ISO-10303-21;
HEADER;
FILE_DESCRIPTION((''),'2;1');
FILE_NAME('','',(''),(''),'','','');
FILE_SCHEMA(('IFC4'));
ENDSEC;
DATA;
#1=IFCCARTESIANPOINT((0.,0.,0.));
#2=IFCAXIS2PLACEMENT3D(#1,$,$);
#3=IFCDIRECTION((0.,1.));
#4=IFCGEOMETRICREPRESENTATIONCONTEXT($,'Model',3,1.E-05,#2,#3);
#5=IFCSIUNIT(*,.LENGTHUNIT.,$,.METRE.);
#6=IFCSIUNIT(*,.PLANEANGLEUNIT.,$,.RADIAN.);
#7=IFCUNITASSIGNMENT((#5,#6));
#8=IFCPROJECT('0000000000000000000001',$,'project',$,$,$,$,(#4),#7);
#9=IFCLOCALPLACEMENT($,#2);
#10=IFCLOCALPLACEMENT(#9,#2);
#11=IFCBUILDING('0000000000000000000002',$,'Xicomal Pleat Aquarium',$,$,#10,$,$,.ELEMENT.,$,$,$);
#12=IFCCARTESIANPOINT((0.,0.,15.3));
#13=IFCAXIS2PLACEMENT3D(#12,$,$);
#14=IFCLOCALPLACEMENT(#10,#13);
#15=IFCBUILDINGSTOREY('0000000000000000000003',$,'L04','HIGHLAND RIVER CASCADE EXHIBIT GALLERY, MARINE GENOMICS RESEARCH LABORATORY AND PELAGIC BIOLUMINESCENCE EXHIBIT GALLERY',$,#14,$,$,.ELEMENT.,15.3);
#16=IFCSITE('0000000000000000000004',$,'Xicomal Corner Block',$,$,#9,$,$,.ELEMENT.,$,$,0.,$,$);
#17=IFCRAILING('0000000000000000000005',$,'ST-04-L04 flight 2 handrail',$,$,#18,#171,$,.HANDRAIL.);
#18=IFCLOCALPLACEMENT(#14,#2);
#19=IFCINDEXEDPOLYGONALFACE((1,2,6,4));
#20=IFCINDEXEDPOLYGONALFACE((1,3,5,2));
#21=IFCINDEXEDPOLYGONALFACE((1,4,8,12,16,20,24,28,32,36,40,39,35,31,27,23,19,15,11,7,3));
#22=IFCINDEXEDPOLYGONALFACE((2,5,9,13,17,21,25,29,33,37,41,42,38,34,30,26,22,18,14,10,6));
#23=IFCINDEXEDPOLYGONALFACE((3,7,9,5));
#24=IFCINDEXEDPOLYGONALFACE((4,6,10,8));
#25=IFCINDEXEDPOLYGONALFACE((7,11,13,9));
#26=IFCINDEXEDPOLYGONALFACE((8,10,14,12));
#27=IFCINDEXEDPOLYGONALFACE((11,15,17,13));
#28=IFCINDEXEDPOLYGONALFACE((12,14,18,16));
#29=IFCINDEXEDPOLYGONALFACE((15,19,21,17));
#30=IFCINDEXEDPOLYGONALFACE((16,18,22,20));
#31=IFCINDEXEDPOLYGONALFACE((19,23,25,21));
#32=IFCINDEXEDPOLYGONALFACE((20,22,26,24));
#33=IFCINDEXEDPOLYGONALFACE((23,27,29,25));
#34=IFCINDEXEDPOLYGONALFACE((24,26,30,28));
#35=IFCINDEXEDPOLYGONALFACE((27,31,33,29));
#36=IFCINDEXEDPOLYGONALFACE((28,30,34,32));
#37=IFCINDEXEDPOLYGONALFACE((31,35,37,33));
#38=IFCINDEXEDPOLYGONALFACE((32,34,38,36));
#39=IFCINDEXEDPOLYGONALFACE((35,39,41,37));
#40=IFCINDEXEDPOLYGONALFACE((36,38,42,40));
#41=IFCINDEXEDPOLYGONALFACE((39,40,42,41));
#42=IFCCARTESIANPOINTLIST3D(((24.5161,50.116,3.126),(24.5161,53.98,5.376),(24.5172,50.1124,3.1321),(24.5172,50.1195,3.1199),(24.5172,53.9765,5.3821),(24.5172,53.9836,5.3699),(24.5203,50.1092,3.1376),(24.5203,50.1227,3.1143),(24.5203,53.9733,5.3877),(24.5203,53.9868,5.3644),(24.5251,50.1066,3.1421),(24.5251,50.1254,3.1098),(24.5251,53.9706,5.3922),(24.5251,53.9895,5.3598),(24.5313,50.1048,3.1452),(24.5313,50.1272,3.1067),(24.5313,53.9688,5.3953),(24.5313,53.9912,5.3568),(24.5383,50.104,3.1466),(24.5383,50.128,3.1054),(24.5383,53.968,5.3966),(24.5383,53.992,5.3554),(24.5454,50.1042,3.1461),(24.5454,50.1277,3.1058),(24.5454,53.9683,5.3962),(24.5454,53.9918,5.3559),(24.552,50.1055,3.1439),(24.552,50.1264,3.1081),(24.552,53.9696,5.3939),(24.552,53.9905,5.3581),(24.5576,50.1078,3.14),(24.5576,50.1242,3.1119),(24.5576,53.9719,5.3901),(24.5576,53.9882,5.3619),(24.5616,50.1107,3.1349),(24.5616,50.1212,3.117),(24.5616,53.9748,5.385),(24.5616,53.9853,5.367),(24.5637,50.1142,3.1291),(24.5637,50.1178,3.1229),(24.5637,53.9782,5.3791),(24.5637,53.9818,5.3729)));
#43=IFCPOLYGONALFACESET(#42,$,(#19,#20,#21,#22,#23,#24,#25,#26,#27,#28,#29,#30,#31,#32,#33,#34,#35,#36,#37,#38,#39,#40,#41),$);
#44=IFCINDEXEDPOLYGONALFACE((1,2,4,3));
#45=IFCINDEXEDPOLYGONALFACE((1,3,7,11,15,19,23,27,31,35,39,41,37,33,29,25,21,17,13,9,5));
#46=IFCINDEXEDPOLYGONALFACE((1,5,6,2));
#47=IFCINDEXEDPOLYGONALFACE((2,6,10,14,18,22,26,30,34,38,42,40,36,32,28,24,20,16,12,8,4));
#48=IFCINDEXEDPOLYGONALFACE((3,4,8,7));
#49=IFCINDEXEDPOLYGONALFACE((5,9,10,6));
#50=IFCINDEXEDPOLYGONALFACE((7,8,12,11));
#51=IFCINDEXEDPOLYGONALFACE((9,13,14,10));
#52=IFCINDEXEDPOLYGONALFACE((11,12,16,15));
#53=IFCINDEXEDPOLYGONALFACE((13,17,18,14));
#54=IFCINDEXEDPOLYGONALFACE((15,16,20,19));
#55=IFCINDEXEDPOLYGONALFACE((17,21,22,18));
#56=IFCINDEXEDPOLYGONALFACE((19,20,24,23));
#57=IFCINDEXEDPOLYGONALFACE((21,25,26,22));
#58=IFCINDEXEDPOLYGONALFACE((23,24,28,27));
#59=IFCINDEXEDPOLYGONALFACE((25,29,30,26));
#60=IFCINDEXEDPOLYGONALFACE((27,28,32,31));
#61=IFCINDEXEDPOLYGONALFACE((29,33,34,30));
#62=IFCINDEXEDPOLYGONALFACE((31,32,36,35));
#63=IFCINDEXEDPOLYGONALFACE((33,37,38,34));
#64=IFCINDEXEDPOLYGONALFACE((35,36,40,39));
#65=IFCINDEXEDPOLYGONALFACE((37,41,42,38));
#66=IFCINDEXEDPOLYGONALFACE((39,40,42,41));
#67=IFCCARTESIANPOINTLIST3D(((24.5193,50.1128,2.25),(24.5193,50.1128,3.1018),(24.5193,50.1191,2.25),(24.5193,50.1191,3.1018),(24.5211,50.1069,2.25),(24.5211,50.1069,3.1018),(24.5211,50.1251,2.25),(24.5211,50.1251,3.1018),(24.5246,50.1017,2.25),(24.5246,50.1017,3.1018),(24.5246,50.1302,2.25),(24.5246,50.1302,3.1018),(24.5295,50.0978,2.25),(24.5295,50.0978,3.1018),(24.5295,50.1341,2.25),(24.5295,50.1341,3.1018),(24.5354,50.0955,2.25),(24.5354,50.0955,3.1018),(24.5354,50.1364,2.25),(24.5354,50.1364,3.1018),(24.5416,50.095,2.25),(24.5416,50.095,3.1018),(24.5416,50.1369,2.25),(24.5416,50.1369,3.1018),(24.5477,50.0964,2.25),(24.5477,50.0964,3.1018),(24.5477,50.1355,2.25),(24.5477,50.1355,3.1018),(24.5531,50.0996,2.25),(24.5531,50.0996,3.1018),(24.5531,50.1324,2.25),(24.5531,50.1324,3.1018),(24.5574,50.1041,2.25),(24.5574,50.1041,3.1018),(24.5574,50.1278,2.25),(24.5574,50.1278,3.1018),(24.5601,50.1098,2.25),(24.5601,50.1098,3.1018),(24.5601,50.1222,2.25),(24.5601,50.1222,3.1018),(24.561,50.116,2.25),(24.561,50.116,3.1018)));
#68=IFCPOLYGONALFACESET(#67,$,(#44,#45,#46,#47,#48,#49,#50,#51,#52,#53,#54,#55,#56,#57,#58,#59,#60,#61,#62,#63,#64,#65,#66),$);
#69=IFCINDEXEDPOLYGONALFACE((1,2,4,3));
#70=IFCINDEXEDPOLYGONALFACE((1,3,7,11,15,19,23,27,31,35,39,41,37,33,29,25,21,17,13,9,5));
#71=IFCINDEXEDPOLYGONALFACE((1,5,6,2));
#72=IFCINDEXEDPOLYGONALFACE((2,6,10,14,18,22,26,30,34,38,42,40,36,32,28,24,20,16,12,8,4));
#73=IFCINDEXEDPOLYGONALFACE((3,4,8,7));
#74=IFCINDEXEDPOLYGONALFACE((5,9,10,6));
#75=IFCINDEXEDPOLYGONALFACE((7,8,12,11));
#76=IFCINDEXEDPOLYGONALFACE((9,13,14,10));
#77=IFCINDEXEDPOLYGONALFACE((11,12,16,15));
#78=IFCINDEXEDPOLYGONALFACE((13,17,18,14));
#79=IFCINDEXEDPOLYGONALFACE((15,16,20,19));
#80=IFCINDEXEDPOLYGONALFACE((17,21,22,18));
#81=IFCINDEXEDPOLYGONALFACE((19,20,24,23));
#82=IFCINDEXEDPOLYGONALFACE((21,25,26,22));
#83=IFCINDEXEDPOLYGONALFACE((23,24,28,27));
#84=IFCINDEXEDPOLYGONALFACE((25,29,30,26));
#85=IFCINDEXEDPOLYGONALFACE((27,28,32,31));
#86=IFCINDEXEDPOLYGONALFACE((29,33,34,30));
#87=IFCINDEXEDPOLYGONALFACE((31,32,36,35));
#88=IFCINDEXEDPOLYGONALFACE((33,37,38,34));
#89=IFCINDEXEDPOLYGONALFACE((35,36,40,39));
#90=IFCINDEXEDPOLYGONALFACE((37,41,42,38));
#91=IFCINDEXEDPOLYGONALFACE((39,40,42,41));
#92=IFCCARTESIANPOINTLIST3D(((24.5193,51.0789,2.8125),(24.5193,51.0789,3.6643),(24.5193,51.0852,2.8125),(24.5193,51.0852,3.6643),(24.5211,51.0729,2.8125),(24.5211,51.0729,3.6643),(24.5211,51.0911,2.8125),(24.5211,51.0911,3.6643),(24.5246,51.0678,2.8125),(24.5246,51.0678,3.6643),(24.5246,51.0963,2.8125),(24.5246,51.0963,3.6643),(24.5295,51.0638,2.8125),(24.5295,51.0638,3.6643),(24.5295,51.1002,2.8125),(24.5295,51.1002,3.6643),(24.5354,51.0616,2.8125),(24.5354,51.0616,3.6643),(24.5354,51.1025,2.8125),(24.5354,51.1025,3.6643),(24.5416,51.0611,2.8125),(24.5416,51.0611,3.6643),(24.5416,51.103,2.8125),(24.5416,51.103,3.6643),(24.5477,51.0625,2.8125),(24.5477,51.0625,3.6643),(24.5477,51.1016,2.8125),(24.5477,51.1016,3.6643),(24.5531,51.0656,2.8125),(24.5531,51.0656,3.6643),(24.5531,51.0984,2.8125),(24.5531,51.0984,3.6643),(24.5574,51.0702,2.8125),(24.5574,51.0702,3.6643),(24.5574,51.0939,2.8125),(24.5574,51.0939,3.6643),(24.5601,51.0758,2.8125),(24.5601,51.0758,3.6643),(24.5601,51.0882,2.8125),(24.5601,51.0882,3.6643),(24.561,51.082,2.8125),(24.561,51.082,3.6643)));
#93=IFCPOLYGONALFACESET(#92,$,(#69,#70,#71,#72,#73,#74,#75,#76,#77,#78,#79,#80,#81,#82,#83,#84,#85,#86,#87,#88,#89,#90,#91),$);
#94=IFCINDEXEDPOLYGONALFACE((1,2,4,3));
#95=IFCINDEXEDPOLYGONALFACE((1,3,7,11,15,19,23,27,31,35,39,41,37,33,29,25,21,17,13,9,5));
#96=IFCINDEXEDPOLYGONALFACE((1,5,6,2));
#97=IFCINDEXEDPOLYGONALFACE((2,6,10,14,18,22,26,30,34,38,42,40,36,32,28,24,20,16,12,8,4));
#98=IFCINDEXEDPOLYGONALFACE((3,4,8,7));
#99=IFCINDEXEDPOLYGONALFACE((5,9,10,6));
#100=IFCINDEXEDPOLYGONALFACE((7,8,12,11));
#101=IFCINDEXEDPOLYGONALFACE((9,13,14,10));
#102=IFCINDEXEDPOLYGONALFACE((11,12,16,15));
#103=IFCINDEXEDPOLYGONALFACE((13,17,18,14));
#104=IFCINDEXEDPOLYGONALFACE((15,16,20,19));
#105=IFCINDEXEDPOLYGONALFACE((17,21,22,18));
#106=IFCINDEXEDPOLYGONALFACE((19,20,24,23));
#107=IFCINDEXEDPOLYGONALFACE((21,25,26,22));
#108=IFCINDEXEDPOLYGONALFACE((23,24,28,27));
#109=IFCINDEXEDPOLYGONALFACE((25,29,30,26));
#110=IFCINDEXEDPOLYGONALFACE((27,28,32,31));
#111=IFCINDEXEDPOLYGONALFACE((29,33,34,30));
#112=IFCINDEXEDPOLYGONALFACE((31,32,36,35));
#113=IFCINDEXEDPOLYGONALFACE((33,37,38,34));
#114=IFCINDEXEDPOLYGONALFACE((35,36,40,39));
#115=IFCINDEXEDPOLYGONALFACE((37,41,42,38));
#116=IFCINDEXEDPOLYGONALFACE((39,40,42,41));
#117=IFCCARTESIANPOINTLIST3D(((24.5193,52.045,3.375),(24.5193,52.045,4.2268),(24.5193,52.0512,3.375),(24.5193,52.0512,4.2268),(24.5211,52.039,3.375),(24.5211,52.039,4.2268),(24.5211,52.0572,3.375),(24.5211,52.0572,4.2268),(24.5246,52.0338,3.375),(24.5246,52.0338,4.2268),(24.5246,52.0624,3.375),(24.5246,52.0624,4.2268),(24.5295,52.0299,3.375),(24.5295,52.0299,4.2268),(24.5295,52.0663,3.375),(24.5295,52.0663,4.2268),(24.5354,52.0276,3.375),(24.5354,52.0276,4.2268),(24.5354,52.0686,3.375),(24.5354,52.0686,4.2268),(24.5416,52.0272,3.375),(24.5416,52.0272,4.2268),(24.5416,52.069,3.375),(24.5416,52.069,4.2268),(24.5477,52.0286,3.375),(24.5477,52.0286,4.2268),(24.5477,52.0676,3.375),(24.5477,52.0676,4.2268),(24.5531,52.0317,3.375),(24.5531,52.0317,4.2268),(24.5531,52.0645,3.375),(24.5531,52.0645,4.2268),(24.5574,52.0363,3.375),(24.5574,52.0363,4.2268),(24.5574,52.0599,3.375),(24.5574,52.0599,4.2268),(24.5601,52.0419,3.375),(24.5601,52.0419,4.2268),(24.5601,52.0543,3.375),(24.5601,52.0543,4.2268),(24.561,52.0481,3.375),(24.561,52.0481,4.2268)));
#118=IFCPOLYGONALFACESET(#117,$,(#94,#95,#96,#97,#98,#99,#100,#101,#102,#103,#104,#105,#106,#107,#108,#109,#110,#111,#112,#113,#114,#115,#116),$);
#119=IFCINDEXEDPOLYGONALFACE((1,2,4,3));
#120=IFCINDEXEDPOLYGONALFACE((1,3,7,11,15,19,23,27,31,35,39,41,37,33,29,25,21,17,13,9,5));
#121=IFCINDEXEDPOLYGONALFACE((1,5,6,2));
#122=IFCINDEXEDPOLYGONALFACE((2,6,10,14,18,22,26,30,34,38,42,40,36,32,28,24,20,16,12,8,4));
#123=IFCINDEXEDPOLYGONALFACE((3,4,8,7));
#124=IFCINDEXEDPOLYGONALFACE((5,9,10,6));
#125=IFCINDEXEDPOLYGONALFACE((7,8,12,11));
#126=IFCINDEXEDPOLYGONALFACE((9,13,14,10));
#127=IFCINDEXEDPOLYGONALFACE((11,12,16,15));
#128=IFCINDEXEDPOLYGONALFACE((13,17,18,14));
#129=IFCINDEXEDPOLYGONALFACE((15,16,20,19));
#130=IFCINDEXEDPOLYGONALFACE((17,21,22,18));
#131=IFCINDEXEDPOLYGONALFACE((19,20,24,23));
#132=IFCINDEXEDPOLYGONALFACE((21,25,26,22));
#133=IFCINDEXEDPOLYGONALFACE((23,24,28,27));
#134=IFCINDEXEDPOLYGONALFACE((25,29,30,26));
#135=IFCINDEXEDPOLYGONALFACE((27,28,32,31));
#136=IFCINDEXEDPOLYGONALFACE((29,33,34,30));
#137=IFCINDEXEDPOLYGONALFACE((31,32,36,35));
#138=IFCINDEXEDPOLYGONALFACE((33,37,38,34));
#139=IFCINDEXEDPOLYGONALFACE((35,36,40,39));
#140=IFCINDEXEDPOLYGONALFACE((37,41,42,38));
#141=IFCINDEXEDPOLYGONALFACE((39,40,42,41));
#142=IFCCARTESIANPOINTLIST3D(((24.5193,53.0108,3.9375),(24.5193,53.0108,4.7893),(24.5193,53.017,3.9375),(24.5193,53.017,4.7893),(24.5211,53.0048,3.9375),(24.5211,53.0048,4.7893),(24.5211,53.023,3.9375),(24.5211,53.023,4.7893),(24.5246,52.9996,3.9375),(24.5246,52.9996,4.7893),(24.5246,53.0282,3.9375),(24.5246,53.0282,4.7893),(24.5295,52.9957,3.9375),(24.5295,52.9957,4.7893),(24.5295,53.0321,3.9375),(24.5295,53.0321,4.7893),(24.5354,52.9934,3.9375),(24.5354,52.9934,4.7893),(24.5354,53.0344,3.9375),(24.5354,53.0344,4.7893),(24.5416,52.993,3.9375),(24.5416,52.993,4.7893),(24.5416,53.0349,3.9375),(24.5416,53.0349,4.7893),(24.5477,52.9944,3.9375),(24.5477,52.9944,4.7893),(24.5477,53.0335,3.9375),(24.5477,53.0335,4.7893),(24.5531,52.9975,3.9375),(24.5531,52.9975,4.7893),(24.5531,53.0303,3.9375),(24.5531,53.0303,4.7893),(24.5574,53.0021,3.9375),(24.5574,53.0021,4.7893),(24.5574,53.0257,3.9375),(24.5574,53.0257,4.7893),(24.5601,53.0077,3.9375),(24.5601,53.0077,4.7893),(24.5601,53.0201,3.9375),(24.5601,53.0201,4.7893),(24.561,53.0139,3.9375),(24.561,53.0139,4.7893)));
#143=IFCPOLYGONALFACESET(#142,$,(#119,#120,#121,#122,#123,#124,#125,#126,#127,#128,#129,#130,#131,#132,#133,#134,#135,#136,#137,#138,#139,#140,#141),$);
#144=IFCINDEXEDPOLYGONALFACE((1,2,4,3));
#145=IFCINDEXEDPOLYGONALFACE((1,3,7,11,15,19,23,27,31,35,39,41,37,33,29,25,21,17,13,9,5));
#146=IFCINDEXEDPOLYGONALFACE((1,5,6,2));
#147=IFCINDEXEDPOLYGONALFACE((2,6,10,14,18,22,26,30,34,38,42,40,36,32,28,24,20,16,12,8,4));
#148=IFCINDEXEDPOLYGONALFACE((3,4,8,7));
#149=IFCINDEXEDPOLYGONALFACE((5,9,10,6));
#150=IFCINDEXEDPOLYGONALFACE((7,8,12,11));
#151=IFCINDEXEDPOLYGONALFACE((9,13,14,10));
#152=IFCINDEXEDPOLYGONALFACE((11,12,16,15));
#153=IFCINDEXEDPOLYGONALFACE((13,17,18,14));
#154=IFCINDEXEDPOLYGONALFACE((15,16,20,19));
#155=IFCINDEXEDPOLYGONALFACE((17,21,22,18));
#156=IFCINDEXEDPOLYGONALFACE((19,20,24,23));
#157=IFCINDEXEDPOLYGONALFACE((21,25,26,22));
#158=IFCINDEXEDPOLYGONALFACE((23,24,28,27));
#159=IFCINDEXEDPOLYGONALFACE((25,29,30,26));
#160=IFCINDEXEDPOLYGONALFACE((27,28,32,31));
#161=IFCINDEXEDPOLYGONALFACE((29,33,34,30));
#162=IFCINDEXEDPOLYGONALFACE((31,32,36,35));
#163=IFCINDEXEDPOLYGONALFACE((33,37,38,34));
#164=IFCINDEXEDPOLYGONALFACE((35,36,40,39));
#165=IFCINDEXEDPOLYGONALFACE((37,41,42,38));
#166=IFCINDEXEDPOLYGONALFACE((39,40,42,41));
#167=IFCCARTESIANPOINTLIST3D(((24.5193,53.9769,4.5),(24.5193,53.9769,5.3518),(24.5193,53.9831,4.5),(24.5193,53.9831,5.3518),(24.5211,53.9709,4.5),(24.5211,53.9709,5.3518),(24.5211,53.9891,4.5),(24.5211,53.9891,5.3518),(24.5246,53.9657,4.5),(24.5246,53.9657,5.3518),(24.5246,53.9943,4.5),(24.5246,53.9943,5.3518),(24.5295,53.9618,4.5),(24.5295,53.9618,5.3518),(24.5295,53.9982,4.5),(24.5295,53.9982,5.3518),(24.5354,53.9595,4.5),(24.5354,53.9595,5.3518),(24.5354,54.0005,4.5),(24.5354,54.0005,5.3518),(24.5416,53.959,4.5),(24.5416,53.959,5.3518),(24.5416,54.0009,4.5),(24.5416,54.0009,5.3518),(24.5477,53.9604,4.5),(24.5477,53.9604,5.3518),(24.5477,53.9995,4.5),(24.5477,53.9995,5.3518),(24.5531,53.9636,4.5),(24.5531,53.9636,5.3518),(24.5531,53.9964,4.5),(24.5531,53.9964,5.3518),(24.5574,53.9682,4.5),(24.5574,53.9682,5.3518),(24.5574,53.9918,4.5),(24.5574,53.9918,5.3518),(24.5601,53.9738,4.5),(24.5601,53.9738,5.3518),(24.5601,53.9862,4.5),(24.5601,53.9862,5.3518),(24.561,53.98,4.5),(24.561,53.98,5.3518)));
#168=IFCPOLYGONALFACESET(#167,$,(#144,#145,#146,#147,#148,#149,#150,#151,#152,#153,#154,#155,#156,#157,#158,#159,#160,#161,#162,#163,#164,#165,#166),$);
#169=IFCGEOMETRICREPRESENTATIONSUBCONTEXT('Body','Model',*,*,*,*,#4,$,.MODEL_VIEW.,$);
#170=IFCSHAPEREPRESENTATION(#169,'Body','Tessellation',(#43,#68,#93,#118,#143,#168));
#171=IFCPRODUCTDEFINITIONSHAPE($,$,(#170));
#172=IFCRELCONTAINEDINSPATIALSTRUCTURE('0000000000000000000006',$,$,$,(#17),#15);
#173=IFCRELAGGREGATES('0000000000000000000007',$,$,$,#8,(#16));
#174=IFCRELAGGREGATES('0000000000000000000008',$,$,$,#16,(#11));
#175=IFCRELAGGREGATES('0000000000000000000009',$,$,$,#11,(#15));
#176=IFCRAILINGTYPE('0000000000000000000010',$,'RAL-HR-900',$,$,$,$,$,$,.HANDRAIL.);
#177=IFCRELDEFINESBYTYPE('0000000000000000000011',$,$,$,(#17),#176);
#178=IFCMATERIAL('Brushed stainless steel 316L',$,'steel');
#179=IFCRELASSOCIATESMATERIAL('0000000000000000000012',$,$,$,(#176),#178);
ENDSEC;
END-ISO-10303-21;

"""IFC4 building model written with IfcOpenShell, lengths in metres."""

from ifc_helpers import new_model, si_unit, direction, frame, origin, origin_2d, place, context, subcontext, project, spatial, circle, extrude, material, type_object, element, save


model = new_model("IFC4")

# Units and contexts
model_context = context("Model", 3, precision=1e-05, world=origin(), true_north=direction((0.0, 1.0)))
body_context = subcontext(model_context, "Body", "Model", "MODEL_VIEW")
ifc_project = project(units=[si_unit("LENGTHUNIT", "METRE"), si_unit("PLANEANGLEUNIT", "RADIAN")], contexts=[model_context])

# Site, building, storey
site_placement = place(None, origin())
site = spatial("IfcSite", under=ifc_project, at=site_placement, Name="Xicomal Corner Block", CompositionType="ELEMENT", RefElevation=0.0)
building_placement = place(site_placement, origin())
building = spatial("IfcBuilding", under=site, at=building_placement, Name="Xicomal Pleat Aquarium", CompositionType="ELEMENT")
storey_placement = place(building_placement, frame((0.0, 0.0, 15.3)))
storey = spatial("IfcBuildingStorey", under=building, at=storey_placement, Name="L04", Description="HIGHLAND RIVER CASCADE EXHIBIT GALLERY, MARINE GENOMICS RESEARCH LABORATORY AND PELAGIC BIOLUMINESCENCE EXHIBIT GALLERY", CompositionType="ELEMENT", Elevation=15.3)

# Railing
ifc_material_1 = material(Name="Brushed stainless steel 316L", Category="steel")
railing_type_1 = type_object("IfcRailingType", Name="RAL-HR-900", PredefinedType="HANDRAIL", material=ifc_material_1)
railing_1_placement = place(storey_placement, frame((24.54, 50.116, 2.25)))
element("IfcRailing", 1, at=railing_1_placement, inside=storey, type_object=railing_type_1, Name="ST-04-L04 flight 2 handrail", PredefinedType="HANDRAIL", context=body_context, shape_type="SweptSolid", body=[
    extrude(circle(Radius=0.0239, at=origin_2d()), frame((0.0, 0.0, 0.876), z_axis=(0.0, 0.864169, 0.503202), x_axis=(-1.0, 0.0, 0.0)), (0.0, 0.0, 1.0), 4.4714),
    extrude(circle(Radius=0.021, at=origin_2d()), origin(), (0.0, 0.0, 1.0), 0.8518),
    extrude(circle(Radius=0.021, at=origin_2d()), frame((0.0, 0.9661, 0.5625)), (0.0, 0.0, 1.0), 0.8518),
    extrude(circle(Radius=0.021, at=origin_2d()), frame((0.0, 1.9321, 1.125)), (0.0, 0.0, 1.0), 0.8518),
    extrude(circle(Radius=0.021, at=origin_2d()), frame((0.0, 2.8979, 1.6875)), (0.0, 0.0, 1.0), 0.8518),
    extrude(circle(Radius=0.021, at=origin_2d()), frame((0.0, 3.864, 2.25)), (0.0, 0.0, 1.0), 0.8518),
])

save(model, "model.ifc")
